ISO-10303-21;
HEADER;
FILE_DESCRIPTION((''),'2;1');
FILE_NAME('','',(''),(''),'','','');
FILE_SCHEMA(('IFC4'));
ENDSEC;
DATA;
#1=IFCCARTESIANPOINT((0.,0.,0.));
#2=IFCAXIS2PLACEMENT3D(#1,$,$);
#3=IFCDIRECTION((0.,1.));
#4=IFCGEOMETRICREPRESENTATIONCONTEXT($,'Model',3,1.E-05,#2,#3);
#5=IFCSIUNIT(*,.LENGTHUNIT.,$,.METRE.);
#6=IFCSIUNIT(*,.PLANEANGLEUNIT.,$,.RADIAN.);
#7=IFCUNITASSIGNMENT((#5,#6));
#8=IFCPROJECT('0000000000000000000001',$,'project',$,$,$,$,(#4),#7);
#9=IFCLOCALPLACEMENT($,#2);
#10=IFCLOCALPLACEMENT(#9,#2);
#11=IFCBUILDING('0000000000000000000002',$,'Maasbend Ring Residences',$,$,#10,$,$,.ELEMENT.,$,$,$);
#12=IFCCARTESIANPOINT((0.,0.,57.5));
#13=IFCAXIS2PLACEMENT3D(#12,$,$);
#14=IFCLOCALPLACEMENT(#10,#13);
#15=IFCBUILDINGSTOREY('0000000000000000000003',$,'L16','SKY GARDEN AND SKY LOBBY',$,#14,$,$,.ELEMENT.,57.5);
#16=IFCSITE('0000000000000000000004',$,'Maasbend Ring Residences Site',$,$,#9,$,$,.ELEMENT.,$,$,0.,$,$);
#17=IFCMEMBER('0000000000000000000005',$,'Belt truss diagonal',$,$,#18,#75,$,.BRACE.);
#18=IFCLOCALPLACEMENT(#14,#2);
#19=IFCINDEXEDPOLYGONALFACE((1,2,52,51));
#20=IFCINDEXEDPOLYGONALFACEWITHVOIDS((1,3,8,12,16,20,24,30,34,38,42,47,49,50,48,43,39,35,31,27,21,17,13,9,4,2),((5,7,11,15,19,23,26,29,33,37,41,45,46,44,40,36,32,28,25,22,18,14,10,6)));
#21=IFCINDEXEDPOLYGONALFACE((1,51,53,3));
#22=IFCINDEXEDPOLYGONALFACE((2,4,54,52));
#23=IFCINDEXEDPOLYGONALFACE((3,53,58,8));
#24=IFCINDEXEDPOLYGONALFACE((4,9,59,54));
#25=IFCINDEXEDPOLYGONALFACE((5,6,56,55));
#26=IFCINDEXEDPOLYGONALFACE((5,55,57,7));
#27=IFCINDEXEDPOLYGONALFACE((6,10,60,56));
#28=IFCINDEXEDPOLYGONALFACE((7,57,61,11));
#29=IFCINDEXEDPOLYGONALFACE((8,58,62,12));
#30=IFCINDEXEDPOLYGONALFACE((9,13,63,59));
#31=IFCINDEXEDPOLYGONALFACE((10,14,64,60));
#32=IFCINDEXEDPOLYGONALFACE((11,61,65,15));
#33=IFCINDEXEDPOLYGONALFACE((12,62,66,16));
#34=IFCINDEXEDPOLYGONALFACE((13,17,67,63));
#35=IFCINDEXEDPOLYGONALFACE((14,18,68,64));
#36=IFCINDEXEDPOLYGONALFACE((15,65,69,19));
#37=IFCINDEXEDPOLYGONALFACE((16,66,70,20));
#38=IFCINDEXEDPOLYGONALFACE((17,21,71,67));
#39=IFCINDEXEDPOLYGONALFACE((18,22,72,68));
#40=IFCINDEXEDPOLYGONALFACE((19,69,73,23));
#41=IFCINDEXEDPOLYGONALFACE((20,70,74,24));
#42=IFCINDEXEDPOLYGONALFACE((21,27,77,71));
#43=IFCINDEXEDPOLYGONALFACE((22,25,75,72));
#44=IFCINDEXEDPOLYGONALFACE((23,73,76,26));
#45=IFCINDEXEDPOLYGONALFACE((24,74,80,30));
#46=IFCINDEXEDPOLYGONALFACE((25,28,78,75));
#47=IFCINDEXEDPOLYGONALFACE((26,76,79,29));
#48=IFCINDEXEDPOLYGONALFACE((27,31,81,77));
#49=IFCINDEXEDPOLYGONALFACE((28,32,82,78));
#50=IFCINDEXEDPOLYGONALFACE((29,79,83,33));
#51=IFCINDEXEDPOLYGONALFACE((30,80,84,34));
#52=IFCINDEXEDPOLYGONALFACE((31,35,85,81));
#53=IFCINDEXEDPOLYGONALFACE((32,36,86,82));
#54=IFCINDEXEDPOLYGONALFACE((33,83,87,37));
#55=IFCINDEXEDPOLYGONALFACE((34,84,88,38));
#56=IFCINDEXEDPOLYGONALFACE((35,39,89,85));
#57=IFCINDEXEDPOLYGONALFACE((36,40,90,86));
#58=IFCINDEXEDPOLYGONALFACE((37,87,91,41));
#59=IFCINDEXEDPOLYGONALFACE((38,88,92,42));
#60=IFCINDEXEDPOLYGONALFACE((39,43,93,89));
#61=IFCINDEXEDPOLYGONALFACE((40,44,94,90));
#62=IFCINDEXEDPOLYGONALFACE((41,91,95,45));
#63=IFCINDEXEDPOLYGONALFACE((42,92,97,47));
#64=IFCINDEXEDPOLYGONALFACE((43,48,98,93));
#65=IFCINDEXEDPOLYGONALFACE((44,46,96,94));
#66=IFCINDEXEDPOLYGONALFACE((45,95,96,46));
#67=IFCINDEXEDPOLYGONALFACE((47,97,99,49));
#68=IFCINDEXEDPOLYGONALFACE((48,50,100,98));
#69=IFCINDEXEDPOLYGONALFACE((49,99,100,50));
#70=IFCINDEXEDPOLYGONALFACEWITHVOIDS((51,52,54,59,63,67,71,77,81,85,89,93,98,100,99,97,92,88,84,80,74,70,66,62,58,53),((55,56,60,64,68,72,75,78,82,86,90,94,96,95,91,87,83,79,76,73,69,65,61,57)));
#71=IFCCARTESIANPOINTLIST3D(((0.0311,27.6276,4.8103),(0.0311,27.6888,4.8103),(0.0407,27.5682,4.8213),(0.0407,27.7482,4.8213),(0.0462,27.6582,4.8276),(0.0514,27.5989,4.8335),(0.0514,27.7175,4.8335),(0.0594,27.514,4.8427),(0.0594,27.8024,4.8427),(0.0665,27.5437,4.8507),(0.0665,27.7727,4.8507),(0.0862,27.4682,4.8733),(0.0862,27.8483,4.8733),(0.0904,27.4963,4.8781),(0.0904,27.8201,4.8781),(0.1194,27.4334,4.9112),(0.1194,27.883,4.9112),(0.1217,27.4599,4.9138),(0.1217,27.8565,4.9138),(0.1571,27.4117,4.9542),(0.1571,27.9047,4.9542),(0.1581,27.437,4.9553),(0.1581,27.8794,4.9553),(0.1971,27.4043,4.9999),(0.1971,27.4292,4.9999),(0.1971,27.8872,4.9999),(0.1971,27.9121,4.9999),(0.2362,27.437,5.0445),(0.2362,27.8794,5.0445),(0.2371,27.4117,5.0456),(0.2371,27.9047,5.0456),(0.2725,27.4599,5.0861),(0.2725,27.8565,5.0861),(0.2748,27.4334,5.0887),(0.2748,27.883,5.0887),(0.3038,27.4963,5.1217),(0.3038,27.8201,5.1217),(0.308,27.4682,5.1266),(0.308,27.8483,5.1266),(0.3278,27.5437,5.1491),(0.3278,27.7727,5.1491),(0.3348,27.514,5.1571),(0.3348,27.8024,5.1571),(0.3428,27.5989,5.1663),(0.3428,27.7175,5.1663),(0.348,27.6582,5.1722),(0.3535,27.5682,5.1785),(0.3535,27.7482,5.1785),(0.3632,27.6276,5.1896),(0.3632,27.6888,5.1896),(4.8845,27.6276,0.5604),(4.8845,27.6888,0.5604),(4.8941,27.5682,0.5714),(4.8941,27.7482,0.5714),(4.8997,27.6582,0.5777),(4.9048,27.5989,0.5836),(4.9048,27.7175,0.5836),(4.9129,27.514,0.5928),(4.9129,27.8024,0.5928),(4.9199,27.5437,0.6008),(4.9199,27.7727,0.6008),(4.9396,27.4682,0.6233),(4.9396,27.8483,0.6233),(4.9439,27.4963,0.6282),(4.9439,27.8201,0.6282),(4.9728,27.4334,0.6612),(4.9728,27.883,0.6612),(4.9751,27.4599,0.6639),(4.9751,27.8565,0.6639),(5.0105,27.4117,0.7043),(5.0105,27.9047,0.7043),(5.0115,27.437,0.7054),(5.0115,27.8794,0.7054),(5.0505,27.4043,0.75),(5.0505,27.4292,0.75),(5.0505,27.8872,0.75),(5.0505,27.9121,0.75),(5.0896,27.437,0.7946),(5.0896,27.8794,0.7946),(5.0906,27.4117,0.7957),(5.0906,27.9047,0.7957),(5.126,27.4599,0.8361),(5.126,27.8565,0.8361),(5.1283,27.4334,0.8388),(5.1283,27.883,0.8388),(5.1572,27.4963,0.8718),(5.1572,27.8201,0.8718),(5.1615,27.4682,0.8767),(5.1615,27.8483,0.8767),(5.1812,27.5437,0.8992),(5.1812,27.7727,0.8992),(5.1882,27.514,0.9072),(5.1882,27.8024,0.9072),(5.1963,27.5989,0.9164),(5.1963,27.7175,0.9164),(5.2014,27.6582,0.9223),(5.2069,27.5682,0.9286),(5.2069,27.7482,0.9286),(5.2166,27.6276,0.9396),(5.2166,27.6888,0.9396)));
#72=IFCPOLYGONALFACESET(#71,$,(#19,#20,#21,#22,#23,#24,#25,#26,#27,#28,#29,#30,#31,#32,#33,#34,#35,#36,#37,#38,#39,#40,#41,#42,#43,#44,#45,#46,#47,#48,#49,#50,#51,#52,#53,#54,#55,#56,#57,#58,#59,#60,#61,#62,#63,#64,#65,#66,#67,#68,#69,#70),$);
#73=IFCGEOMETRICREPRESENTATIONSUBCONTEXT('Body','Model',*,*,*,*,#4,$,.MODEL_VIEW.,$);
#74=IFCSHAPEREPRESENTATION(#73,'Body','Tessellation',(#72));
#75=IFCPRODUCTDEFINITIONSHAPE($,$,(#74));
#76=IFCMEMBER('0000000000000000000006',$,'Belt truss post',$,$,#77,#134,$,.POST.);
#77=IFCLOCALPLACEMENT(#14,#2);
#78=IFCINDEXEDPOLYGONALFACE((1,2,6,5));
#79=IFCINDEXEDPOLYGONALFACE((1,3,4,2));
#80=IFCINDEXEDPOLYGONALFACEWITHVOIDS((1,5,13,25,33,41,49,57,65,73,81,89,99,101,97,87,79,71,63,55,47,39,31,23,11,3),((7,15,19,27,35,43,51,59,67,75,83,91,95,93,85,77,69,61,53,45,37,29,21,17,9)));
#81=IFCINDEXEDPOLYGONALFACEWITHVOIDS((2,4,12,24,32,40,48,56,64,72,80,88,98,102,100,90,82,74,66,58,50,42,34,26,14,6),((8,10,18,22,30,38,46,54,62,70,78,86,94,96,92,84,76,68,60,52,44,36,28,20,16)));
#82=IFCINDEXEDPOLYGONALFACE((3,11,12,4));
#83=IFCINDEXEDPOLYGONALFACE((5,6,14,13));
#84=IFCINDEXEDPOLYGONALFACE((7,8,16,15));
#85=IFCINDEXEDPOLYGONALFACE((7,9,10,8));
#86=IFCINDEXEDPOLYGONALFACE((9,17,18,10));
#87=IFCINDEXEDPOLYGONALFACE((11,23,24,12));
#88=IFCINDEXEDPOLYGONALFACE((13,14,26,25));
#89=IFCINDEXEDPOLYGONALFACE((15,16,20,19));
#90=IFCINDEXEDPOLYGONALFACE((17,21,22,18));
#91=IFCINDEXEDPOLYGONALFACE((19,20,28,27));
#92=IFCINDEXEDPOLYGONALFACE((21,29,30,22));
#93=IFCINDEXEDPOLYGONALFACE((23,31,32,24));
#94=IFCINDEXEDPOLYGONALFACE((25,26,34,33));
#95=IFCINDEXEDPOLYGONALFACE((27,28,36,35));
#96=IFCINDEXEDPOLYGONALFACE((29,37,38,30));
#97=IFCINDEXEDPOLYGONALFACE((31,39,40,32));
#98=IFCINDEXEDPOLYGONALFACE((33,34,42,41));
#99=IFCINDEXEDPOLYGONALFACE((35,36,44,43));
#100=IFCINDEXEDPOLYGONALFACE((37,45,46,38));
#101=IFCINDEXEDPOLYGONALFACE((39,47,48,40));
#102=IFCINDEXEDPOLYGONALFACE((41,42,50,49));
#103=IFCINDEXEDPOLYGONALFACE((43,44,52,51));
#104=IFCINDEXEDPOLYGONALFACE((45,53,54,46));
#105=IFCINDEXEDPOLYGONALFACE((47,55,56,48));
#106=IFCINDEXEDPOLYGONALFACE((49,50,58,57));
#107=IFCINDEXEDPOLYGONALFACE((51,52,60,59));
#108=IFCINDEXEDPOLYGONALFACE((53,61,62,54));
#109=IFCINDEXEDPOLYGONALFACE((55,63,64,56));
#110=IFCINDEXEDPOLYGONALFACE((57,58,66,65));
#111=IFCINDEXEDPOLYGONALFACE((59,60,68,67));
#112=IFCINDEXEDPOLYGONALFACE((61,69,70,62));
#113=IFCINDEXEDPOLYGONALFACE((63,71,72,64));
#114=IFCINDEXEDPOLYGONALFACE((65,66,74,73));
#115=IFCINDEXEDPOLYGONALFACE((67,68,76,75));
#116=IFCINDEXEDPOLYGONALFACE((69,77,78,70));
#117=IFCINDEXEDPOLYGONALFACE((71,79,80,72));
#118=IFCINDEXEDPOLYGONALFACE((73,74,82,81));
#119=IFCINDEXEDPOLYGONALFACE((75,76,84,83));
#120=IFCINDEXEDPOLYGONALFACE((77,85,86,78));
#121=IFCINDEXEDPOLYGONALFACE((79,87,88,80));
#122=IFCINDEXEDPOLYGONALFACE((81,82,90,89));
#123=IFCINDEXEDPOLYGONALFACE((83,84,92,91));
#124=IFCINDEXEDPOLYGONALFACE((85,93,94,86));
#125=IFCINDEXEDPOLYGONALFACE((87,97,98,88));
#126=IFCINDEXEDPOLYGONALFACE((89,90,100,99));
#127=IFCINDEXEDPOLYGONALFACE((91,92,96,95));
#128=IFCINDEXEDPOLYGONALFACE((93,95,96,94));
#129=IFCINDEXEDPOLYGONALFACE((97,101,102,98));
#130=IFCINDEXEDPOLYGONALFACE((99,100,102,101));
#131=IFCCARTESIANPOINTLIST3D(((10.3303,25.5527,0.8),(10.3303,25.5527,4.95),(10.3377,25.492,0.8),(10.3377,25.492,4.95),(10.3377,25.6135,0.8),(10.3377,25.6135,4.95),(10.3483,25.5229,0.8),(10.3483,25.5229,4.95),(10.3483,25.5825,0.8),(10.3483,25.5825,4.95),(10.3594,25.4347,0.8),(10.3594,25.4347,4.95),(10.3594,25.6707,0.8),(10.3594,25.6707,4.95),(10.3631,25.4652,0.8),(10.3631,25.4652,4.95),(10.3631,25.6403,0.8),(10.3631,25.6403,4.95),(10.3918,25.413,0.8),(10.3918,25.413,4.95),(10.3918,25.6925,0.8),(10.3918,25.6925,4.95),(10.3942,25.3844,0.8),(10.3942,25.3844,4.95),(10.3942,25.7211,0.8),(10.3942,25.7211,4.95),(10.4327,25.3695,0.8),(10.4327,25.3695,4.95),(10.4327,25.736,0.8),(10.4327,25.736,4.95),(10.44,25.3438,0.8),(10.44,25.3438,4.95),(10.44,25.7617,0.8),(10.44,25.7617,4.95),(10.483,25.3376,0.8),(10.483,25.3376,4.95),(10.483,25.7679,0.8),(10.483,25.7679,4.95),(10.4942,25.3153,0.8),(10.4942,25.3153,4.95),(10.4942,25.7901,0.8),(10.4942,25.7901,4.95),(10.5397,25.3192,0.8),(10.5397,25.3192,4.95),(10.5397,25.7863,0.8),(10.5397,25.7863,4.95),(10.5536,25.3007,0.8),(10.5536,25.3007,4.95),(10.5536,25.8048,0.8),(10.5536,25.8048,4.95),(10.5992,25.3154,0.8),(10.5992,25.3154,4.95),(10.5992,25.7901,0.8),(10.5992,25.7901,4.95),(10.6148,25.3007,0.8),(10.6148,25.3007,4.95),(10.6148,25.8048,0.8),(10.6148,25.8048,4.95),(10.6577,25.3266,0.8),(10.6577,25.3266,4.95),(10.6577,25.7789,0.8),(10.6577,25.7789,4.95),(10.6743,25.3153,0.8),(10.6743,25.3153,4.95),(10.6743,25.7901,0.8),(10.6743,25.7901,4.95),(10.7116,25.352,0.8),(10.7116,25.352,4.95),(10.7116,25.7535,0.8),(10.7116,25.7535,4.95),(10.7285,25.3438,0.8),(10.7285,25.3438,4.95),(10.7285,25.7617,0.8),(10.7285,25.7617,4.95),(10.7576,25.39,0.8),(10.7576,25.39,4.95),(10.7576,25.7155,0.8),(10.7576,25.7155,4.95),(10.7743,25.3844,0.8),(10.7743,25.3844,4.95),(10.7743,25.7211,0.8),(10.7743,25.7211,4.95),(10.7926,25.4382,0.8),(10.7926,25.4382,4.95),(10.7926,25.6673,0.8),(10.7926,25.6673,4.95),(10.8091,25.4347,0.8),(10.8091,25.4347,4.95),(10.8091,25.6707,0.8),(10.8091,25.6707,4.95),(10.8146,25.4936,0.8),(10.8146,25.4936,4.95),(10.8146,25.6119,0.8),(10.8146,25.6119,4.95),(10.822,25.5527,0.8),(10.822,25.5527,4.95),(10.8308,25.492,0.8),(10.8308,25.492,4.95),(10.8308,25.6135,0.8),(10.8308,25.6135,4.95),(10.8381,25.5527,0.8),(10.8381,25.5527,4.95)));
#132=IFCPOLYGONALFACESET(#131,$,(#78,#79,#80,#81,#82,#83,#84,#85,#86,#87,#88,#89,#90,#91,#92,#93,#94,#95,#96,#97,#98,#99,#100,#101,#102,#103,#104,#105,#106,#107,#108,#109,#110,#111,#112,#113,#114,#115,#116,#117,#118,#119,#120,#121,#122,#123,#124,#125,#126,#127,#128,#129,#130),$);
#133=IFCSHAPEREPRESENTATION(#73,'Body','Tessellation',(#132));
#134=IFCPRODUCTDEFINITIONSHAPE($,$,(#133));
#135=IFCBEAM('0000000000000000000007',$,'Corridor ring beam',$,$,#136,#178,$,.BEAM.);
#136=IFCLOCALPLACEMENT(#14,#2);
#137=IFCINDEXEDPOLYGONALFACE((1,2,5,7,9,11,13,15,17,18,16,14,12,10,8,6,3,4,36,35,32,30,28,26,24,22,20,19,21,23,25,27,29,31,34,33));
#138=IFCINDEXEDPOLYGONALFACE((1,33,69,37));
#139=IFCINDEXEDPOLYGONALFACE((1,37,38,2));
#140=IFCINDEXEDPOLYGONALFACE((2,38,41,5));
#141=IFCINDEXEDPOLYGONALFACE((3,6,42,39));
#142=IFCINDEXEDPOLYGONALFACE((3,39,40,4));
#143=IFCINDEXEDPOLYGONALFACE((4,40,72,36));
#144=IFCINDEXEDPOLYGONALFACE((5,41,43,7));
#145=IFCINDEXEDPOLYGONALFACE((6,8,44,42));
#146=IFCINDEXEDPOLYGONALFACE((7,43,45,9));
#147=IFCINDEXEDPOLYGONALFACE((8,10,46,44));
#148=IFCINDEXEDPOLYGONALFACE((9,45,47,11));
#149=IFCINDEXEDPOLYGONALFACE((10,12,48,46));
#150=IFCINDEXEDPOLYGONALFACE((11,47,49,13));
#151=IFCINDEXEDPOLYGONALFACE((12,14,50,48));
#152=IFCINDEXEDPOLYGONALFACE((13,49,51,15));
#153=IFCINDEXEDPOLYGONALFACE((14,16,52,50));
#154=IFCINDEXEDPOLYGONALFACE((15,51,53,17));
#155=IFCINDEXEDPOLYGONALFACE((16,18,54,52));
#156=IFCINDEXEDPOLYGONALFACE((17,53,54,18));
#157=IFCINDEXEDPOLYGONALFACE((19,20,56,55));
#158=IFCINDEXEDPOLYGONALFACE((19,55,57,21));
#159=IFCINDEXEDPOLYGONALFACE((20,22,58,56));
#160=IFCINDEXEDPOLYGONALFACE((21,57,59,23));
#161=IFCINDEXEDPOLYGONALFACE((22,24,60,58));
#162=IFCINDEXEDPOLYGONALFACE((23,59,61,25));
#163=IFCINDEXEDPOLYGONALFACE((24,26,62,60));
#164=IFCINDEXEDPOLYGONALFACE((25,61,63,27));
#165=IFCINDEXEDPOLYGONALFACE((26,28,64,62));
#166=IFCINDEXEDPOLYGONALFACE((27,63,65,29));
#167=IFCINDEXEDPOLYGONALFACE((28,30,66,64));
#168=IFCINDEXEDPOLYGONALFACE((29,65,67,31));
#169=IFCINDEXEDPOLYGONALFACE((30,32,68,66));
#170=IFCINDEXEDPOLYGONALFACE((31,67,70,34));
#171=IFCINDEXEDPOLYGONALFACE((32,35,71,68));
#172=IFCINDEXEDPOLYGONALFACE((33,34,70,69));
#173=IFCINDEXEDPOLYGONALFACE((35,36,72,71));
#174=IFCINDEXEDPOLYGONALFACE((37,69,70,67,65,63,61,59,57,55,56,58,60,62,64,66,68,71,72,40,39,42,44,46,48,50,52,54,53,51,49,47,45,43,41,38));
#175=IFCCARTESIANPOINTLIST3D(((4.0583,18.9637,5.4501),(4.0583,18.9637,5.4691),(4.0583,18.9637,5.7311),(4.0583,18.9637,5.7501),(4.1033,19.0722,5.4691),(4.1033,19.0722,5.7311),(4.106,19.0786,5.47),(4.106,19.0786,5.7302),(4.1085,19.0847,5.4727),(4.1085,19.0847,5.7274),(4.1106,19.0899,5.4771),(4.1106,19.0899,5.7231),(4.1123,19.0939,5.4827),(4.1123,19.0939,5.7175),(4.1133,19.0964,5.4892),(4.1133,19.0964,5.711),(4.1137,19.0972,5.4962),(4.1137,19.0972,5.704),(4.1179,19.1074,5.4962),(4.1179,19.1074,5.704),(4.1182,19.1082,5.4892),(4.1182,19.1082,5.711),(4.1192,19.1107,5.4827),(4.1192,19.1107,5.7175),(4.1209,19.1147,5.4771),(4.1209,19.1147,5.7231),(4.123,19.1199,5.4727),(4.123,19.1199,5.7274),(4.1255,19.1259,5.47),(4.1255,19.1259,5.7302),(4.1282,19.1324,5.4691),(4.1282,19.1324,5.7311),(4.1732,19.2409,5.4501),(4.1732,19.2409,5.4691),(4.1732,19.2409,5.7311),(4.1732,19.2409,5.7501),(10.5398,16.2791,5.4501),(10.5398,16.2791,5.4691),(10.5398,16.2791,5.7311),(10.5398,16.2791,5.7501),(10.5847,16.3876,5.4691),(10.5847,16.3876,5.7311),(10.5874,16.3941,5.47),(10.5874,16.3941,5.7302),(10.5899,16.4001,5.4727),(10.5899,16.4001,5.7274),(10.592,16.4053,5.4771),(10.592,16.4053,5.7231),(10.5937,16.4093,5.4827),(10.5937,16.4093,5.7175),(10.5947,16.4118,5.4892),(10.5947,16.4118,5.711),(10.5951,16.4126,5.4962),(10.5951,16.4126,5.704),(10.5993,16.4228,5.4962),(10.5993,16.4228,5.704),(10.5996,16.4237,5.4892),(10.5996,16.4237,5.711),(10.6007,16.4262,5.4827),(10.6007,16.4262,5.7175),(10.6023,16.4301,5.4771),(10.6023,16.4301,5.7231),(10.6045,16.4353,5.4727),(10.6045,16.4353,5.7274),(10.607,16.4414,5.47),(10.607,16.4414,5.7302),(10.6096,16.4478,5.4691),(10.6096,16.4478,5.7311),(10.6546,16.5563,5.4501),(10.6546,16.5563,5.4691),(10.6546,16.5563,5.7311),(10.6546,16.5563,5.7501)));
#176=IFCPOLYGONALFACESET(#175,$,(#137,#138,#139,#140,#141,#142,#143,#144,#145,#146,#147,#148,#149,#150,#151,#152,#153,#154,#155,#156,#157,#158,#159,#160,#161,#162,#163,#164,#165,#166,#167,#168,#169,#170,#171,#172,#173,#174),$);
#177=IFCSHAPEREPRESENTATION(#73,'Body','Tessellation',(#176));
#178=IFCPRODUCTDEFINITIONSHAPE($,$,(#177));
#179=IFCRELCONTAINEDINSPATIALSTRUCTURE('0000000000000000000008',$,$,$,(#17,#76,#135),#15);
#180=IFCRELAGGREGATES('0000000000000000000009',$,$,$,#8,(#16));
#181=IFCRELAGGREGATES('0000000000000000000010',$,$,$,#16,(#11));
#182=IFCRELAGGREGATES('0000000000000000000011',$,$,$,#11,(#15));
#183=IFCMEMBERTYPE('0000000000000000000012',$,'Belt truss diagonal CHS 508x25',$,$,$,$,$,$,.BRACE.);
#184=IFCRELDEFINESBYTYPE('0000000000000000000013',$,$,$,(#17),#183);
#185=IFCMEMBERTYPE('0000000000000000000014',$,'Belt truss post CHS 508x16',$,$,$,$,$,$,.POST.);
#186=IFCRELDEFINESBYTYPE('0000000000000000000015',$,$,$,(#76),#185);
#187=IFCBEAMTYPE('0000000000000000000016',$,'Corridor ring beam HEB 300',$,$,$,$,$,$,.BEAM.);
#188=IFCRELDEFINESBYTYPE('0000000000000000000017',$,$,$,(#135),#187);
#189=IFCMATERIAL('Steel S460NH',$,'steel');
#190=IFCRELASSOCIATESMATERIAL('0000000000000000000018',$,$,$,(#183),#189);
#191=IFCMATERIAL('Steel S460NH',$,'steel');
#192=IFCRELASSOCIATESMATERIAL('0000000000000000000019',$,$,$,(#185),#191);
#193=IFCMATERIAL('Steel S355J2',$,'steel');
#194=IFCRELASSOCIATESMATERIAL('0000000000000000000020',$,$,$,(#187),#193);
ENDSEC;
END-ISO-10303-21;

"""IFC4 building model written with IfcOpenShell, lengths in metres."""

from ifc_helpers import new_model, si_unit, direction, frame, origin, origin_2d, place, context, subcontext, project, spatial, hollow_circle, i_section, extrude, material, material_profile, profile_set, type_object, element, save


model = new_model("IFC4")

# Units and contexts
model_context = context("Model", 3, precision=1e-05, world=origin(), true_north=direction((0.0, 1.0)))
body_context = subcontext(model_context, "Body", "Model", "MODEL_VIEW")
ifc_project = project(units=[si_unit("LENGTHUNIT", "METRE"), si_unit("PLANEANGLEUNIT", "RADIAN")], contexts=[model_context])

# Site, building, storey
site_placement = place(None, origin())
site = spatial("IfcSite", under=ifc_project, at=site_placement, Name="Maasbend Ring Residences Site", CompositionType="ELEMENT", RefElevation=0.0)
building_placement = place(site_placement, origin())
building = spatial("IfcBuilding", under=site, at=building_placement, Name="Maasbend Ring Residences", CompositionType="ELEMENT")
storey_placement = place(building_placement, frame((0.0, 0.0, 57.5)))
storey = spatial("IfcBuildingStorey", under=building, at=storey_placement, Name="L16", Description="SKY GARDEN AND SKY LOBBY", CompositionType="ELEMENT", Elevation=57.5)

# Members
ifc_material_1 = material(Name="Steel S460NH", Category="steel")
ifc_material_profile_1 = material_profile(ifc_material_1, hollow_circle(Radius=0.2539, WallThickness=0.0249, at=origin_2d()), Name="Belt truss diagonal CHS 508x25")
ifc_profile_set_1 = profile_set([ifc_material_profile_1], Name="Steel S460NH")
member_type_1 = type_object("IfcMemberType", Name="Belt truss diagonal CHS 508x25", PredefinedType="BRACE", material=ifc_profile_set_1)
member_1_placement = place(storey_placement, frame((5.0505, 27.6582, 0.75), z_axis=(-0.752333, 0.0, 0.658783), x_axis=(0.0, -1.0, 0.0)))
element("IfcMember", 1, at=member_1_placement, inside=storey, type_object=member_type_1, Name="Belt truss diagonal", PredefinedType="BRACE", context=body_context, shape_type="SweptSolid", body=[
    extrude(hollow_circle(Radius=0.2539, WallThickness=0.0249, at=origin_2d()), origin(), (0.0, 0.0, 1.0), 6.4512),
])
ifc_material_2 = material(Name="Steel S460NH", Category="steel")
ifc_material_profile_2 = material_profile(ifc_material_2, hollow_circle(Radius=0.2539, WallThickness=0.0161, at=origin_2d()), Name="Belt truss post CHS 508x16")
ifc_profile_set_2 = profile_set([ifc_material_profile_2], Name="Steel S460NH")
member_type_2 = type_object("IfcMemberType", Name="Belt truss post CHS 508x16", PredefinedType="POST", material=ifc_profile_set_2)
member_2_placement = place(storey_placement, frame((10.5842, 25.5527, 0.8), z_axis=(0.0, 0.0, 1.0), x_axis=(1.0, 0.0, 0.0)))
element("IfcMember", 2, at=member_2_placement, inside=storey, type_object=member_type_2, Name="Belt truss post", PredefinedType="POST", context=body_context, shape_type="SweptSolid", body=[
    extrude(hollow_circle(Radius=0.2539, WallThickness=0.0161, at=origin_2d()), origin(), (0.0, 0.0, 1.0), 4.1499),
])

# Beam
ifc_material_3 = material(Name="Steel S355J2", Category="steel")
ifc_material_profile_3 = material_profile(ifc_material_3, i_section(OverallWidth=0.3, OverallDepth=0.3, WebThickness=0.011, FlangeThickness=0.019, FilletRadius=0.0271, at=origin_2d()), Name="HEB 300")
ifc_profile_set_3 = profile_set([ifc_material_profile_3], Name="Steel S355J2")
beam_type_1 = type_object("IfcBeamType", Name="Corridor ring beam HEB 300", PredefinedType="BEAM", material=ifc_profile_set_3)
beam_1_placement = place(storey_placement, frame((10.5972, 16.4177, 5.6001), z_axis=(-0.923886, 0.382667, 0.0), x_axis=(-0.382667, -0.923886, 0.0)))
element("IfcBeam", 3, at=beam_1_placement, inside=storey, type_object=beam_type_1, Name="Corridor ring beam", PredefinedType="BEAM", context=body_context, shape_type="SweptSolid", body=[
    extrude(i_section(OverallWidth=0.3, OverallDepth=0.3, WebThickness=0.011, FlangeThickness=0.019, FilletRadius=0.0271, at=origin_2d()), origin(), (0.0, 0.0, 1.0), 7.0154),
])

save(model, "model.ifc")
